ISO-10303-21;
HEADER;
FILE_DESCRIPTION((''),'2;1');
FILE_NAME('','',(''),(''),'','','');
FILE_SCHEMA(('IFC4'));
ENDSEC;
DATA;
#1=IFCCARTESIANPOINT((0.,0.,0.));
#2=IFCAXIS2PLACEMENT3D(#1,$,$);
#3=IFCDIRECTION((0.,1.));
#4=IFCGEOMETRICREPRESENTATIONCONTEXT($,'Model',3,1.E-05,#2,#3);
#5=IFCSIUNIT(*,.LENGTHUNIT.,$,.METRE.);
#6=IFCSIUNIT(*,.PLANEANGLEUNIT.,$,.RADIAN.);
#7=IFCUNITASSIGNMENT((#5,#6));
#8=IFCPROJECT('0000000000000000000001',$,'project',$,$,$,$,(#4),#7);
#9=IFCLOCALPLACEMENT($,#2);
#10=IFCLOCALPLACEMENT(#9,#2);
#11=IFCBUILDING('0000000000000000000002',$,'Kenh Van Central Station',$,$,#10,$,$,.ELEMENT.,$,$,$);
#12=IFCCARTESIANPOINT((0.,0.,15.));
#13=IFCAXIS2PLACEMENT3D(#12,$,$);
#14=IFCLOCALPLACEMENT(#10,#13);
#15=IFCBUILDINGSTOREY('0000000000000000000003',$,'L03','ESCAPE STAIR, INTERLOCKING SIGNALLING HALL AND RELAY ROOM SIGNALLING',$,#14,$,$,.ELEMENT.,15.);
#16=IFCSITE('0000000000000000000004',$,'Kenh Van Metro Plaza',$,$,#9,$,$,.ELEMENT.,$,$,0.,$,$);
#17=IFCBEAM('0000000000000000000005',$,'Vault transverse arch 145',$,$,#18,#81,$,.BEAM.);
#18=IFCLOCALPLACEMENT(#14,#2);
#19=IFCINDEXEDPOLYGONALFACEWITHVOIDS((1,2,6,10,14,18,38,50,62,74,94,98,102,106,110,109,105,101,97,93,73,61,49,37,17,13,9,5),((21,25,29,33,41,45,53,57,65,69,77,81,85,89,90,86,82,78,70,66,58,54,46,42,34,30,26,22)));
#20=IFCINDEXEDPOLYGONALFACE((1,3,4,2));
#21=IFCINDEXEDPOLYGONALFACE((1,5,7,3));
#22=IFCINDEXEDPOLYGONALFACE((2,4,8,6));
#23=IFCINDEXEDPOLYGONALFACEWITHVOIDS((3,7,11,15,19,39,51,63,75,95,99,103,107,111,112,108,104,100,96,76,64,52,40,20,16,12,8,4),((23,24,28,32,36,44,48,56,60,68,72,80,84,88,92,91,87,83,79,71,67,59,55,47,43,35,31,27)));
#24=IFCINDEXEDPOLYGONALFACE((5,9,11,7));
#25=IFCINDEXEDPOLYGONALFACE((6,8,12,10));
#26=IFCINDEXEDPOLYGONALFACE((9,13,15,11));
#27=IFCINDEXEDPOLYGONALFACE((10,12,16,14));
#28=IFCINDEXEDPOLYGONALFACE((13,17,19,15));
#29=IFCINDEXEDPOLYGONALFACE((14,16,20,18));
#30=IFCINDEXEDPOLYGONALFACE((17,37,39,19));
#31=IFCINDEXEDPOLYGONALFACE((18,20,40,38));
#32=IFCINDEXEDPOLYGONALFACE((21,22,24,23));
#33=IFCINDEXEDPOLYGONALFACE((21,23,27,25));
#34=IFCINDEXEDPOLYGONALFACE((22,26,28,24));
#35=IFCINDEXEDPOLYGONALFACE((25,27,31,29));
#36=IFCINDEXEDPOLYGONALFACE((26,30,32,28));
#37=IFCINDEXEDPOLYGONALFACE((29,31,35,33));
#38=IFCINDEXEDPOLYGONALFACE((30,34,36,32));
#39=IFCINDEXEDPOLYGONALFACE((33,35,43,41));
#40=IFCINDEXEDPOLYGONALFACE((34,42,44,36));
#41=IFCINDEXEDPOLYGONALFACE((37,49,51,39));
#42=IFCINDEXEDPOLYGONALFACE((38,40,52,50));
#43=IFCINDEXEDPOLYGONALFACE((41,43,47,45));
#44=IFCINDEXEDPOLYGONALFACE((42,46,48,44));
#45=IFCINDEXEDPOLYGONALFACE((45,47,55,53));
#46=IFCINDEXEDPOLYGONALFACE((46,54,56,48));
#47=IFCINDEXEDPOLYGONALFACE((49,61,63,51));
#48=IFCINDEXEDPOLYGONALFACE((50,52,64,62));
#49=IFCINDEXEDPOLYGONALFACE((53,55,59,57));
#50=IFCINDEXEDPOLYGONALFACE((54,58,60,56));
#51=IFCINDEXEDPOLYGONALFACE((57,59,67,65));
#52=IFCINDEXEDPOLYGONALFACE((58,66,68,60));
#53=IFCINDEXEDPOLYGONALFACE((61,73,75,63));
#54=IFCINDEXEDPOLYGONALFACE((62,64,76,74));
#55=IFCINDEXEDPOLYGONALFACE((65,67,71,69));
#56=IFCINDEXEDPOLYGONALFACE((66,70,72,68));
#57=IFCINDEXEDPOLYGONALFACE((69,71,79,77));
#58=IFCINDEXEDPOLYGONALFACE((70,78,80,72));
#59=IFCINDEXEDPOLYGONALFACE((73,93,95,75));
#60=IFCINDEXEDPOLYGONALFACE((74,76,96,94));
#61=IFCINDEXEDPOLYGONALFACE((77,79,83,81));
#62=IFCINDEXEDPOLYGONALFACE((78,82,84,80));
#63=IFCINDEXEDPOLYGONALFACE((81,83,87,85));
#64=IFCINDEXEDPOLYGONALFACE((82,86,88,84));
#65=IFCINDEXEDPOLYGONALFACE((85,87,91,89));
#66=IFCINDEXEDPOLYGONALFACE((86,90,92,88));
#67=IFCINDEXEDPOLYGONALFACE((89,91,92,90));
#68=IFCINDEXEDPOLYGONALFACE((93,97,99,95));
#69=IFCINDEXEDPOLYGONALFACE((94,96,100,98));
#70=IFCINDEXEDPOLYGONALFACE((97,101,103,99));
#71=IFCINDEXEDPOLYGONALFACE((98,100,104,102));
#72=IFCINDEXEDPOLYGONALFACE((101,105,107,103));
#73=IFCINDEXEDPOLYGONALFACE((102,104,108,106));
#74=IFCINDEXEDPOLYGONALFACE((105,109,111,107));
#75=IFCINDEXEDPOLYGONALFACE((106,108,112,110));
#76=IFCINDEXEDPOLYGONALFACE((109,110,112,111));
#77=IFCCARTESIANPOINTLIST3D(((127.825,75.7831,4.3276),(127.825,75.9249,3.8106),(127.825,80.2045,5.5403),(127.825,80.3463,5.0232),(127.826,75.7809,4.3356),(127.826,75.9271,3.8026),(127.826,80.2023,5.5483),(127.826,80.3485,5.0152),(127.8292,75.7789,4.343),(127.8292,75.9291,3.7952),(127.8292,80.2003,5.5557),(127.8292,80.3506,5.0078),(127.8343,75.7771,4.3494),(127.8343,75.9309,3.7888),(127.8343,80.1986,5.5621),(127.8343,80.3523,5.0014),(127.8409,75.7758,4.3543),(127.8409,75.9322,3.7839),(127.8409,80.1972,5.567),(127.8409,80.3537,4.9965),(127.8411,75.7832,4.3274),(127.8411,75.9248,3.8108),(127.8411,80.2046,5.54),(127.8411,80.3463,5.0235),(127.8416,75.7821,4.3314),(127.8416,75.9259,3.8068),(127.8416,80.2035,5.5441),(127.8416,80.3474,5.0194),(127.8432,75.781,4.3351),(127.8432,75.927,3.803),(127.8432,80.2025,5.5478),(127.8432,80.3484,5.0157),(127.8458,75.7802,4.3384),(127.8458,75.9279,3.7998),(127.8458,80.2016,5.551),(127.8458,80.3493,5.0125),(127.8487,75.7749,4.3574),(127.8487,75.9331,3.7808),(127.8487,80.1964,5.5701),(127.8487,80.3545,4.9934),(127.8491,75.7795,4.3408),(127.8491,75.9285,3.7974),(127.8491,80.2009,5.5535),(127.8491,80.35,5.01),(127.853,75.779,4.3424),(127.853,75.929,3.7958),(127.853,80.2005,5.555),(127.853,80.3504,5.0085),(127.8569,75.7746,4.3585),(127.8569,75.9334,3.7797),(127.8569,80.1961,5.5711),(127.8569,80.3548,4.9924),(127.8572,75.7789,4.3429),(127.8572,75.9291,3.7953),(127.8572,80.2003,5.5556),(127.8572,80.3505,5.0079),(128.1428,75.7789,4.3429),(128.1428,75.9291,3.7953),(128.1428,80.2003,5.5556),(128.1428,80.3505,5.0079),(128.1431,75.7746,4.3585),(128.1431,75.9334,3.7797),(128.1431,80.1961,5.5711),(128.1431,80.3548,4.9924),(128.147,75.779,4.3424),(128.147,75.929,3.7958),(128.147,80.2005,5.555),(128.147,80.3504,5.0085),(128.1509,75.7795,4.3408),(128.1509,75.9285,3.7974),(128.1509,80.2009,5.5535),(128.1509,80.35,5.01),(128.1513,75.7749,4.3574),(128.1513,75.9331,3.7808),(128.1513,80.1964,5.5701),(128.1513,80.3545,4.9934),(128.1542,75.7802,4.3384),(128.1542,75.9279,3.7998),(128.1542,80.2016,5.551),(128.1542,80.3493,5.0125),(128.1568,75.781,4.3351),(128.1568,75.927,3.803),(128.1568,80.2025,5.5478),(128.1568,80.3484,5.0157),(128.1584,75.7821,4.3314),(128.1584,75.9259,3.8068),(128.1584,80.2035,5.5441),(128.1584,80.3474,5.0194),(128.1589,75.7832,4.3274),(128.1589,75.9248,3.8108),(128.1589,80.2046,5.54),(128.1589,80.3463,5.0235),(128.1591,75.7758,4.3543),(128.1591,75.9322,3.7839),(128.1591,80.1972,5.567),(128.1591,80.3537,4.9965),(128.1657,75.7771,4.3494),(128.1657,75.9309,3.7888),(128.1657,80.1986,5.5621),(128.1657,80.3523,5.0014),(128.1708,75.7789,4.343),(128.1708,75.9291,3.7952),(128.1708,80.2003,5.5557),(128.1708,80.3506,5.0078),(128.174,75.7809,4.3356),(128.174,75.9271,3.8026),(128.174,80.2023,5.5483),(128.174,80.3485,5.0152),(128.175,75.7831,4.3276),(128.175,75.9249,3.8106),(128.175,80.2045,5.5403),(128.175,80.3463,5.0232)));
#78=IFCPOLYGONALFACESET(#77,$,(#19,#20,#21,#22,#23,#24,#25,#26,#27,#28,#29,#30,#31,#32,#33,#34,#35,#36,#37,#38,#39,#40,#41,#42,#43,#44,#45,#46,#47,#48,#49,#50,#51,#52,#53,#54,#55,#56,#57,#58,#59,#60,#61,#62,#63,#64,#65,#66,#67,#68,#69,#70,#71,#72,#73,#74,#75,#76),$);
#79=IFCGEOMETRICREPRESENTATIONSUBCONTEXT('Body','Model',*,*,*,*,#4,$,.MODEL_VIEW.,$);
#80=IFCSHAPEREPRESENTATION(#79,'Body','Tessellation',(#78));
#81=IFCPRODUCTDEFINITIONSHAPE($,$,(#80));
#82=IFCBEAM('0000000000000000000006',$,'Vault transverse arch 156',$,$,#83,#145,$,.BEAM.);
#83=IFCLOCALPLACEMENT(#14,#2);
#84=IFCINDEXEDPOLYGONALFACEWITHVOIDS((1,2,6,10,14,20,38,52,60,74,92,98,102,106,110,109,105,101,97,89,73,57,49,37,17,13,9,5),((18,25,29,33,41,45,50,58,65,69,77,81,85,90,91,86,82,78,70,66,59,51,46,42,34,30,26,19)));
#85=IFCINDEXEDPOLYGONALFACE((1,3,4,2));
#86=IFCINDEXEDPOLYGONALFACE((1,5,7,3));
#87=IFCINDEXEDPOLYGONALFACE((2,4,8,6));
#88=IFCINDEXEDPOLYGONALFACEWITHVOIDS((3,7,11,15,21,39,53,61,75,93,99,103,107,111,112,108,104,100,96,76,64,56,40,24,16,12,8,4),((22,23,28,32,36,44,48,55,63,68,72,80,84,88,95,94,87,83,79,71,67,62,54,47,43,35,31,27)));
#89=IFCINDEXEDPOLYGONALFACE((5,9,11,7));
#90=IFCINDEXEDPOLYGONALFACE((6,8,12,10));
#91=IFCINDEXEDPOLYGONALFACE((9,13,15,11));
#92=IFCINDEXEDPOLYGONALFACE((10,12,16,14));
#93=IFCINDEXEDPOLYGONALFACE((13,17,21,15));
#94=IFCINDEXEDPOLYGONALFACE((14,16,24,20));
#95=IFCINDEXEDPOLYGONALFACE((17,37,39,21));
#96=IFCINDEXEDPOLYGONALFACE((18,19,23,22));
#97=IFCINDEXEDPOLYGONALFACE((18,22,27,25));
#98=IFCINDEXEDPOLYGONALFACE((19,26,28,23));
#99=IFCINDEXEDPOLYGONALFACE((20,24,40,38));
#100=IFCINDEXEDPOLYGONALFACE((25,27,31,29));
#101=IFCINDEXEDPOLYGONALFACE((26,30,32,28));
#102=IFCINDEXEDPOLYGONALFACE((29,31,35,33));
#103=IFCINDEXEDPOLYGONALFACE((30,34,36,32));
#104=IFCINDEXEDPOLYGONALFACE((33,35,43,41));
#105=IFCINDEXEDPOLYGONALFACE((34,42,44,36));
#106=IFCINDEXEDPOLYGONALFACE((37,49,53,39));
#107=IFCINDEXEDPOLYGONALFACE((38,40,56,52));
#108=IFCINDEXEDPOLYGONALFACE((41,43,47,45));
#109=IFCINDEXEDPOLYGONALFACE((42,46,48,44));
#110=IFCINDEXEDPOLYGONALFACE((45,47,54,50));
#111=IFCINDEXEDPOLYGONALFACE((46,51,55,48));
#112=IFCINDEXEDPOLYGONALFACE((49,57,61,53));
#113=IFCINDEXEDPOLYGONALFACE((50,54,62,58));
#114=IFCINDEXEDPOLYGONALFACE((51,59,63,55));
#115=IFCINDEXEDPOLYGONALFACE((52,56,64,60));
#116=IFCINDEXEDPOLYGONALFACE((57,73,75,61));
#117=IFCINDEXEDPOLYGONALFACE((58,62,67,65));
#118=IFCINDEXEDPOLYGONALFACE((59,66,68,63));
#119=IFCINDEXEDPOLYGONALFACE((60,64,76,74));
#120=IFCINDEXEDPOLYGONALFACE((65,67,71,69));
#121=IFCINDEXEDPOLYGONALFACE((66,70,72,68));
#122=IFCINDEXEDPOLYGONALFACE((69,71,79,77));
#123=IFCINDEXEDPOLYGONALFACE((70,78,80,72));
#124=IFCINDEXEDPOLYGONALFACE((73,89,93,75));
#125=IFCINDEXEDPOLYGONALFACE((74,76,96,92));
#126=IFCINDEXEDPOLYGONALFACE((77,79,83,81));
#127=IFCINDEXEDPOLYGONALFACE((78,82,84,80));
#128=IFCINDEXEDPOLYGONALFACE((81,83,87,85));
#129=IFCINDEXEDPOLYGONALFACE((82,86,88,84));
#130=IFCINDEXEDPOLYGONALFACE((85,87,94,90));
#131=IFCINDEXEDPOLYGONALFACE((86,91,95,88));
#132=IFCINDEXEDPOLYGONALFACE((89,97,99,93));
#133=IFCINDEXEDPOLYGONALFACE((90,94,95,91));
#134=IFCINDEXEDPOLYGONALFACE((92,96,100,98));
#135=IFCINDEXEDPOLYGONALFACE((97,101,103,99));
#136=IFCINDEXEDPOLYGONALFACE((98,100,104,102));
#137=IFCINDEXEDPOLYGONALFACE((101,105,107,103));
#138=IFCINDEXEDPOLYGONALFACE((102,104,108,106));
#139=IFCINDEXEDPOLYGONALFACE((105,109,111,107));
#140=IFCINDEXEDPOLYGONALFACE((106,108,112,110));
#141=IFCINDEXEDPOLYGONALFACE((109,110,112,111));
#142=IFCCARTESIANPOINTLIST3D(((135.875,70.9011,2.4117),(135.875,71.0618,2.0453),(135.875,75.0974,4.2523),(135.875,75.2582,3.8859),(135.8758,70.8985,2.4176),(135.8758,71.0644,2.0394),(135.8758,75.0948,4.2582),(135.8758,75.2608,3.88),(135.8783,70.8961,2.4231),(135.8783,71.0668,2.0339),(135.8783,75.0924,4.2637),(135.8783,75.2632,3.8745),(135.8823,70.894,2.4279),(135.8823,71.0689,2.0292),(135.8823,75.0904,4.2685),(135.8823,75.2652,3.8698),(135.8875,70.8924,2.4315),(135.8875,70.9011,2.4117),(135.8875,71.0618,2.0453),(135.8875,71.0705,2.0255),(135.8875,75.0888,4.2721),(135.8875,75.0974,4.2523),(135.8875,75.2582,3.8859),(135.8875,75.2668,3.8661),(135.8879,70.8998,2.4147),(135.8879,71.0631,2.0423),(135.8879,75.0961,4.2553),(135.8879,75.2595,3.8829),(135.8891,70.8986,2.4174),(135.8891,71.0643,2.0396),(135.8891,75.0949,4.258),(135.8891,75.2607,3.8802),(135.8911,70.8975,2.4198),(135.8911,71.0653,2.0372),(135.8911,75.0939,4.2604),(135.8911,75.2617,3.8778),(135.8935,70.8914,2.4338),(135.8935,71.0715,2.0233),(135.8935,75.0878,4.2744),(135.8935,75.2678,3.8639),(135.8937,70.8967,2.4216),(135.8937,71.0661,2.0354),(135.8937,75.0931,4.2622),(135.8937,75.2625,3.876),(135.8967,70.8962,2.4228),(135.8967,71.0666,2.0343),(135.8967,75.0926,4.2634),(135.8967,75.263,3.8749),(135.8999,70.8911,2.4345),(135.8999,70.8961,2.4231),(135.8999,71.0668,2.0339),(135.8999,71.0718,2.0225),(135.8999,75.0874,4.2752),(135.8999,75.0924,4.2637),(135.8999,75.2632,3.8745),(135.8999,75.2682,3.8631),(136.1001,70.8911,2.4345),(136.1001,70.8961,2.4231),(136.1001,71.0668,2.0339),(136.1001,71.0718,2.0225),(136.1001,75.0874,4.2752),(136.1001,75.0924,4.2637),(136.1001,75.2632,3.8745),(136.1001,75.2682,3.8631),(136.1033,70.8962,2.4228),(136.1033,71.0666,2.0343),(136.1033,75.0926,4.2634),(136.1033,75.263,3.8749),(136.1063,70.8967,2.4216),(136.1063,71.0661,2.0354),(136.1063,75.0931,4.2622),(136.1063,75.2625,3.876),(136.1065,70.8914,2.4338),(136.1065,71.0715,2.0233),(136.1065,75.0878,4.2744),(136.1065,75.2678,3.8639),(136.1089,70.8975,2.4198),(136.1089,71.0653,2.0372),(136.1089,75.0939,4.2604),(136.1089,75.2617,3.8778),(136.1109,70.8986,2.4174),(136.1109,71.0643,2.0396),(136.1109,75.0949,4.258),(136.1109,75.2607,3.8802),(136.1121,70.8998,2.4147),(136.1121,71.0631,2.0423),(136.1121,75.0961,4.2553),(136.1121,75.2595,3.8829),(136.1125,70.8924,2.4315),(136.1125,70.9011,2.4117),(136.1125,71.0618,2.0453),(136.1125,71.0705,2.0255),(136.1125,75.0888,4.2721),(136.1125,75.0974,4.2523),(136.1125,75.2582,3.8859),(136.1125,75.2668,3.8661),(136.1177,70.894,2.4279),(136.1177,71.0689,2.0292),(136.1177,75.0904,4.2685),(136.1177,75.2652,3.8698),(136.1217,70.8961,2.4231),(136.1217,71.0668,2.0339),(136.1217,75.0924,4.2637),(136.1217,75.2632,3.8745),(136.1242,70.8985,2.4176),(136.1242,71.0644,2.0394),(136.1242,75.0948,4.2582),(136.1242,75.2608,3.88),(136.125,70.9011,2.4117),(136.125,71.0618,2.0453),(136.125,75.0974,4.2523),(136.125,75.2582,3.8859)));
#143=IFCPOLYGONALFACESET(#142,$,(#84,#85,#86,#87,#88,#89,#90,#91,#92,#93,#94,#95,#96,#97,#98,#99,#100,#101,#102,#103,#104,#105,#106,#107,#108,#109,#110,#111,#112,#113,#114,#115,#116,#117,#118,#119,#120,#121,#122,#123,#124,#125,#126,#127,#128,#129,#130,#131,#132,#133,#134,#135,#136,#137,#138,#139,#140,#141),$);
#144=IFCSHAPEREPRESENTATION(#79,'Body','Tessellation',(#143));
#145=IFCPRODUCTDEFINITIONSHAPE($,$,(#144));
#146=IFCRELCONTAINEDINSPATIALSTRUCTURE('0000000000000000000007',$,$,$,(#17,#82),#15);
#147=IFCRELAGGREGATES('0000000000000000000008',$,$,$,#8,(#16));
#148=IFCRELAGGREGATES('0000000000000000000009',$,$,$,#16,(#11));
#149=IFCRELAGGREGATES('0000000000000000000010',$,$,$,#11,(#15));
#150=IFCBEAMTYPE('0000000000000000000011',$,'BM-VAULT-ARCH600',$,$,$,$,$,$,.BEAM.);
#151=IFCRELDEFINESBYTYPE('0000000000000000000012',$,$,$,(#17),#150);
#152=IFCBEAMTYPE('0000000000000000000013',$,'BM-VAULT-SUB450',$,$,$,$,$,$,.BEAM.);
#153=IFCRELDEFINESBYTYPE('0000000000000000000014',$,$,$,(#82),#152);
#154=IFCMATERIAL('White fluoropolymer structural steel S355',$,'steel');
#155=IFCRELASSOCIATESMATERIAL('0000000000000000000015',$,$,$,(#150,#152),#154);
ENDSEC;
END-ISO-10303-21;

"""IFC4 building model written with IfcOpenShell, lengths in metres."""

from ifc_helpers import new_model, si_unit, direction, frame, origin, origin_2d, place, context, subcontext, project, spatial, hollow_rectangle, extrude, material, material_profile, profile_set, type_object, element, save


model = new_model("IFC4")

# Units and contexts
model_context = context("Model", 3, precision=1e-05, world=origin(), true_north=direction((0.0, 1.0)))
body_context = subcontext(model_context, "Body", "Model", "MODEL_VIEW")
ifc_project = project(units=[si_unit("LENGTHUNIT", "METRE"), si_unit("PLANEANGLEUNIT", "RADIAN")], contexts=[model_context])

# Site, building, storey
site_placement = place(None, origin())
site = spatial("IfcSite", under=ifc_project, at=site_placement, Name="Kenh Van Metro Plaza", CompositionType="ELEMENT", RefElevation=0.0)
building_placement = place(site_placement, origin())
building = spatial("IfcBuilding", under=site, at=building_placement, Name="Kenh Van Central Station", CompositionType="ELEMENT")
storey_placement = place(building_placement, frame((0.0, 0.0, 15.0)))
storey = spatial("IfcBuildingStorey", under=building, at=storey_placement, Name="L03", Description="ESCAPE STAIR, INTERLOCKING SIGNALLING HALL AND RELAY ROOM SIGNALLING", CompositionType="ELEMENT", Elevation=15.0)

# Beams
ifc_material_1 = material(Name="White fluoropolymer structural steel S355", Category="steel")
ifc_material_profile_1 = material_profile(ifc_material_1, hollow_rectangle(XDim=0.3501, YDim=0.6001, WallThickness=0.0161, InnerFilletRadius=0.0161, OuterFilletRadius=0.032, at=origin_2d()), Name="RHS 600x350x16")
ifc_profile_set_1 = profile_set([ifc_material_profile_1], Name="White fluoropolymer structural steel S355")
beam_type_1 = type_object("IfcBeamType", Name="BM-VAULT-ARCH600", PredefinedType="BEAM", material=ifc_profile_set_1)
beam_1_placement = place(storey_placement, frame((128.0, 75.854, 4.0691), z_axis=(0.0, 0.964386, 0.2645), x_axis=(-1.0, 0.0, 0.0)))
element("IfcBeam", 1, at=beam_1_placement, inside=storey, type_object=beam_type_1, Name="Vault transverse arch 145", PredefinedType="BEAM", context=body_context, shape_type="SweptSolid", body=[
    extrude(hollow_rectangle(XDim=0.3501, YDim=0.6001, WallThickness=0.0161, InnerFilletRadius=0.0161, OuterFilletRadius=0.032, at=origin_2d()), origin(), (0.0, 0.0, 1.0), 4.5847),
])
ifc_material_profile_2 = material_profile(ifc_material_1, hollow_rectangle(XDim=0.25, YDim=0.45, WallThickness=0.0125, InnerFilletRadius=0.0125, OuterFilletRadius=0.0249, at=origin_2d()), Name="RHS 450x250x12.5")
ifc_profile_set_2 = profile_set([ifc_material_profile_2], Name="White fluoropolymer structural steel S355")
beam_type_2 = type_object("IfcBeamType", Name="BM-VAULT-SUB450", PredefinedType="BEAM", material=ifc_profile_set_2)
beam_2_placement = place(storey_placement, frame((136.0, 70.9814, 2.2285), z_axis=(0.0, 0.91578, 0.40168), x_axis=(-1.0, 0.0, 0.0)))
element("IfcBeam", 2, at=beam_2_placement, inside=storey, type_object=beam_type_2, Name="Vault transverse arch 156", PredefinedType="BEAM", context=body_context, shape_type="SweptSolid", body=[
    extrude(hollow_rectangle(XDim=0.25, YDim=0.45, WallThickness=0.0125, InnerFilletRadius=0.0125, OuterFilletRadius=0.0249, at=origin_2d()), origin(), (0.0, 0.0, 1.0), 4.5823),
])

save(model, "model.ifc")
